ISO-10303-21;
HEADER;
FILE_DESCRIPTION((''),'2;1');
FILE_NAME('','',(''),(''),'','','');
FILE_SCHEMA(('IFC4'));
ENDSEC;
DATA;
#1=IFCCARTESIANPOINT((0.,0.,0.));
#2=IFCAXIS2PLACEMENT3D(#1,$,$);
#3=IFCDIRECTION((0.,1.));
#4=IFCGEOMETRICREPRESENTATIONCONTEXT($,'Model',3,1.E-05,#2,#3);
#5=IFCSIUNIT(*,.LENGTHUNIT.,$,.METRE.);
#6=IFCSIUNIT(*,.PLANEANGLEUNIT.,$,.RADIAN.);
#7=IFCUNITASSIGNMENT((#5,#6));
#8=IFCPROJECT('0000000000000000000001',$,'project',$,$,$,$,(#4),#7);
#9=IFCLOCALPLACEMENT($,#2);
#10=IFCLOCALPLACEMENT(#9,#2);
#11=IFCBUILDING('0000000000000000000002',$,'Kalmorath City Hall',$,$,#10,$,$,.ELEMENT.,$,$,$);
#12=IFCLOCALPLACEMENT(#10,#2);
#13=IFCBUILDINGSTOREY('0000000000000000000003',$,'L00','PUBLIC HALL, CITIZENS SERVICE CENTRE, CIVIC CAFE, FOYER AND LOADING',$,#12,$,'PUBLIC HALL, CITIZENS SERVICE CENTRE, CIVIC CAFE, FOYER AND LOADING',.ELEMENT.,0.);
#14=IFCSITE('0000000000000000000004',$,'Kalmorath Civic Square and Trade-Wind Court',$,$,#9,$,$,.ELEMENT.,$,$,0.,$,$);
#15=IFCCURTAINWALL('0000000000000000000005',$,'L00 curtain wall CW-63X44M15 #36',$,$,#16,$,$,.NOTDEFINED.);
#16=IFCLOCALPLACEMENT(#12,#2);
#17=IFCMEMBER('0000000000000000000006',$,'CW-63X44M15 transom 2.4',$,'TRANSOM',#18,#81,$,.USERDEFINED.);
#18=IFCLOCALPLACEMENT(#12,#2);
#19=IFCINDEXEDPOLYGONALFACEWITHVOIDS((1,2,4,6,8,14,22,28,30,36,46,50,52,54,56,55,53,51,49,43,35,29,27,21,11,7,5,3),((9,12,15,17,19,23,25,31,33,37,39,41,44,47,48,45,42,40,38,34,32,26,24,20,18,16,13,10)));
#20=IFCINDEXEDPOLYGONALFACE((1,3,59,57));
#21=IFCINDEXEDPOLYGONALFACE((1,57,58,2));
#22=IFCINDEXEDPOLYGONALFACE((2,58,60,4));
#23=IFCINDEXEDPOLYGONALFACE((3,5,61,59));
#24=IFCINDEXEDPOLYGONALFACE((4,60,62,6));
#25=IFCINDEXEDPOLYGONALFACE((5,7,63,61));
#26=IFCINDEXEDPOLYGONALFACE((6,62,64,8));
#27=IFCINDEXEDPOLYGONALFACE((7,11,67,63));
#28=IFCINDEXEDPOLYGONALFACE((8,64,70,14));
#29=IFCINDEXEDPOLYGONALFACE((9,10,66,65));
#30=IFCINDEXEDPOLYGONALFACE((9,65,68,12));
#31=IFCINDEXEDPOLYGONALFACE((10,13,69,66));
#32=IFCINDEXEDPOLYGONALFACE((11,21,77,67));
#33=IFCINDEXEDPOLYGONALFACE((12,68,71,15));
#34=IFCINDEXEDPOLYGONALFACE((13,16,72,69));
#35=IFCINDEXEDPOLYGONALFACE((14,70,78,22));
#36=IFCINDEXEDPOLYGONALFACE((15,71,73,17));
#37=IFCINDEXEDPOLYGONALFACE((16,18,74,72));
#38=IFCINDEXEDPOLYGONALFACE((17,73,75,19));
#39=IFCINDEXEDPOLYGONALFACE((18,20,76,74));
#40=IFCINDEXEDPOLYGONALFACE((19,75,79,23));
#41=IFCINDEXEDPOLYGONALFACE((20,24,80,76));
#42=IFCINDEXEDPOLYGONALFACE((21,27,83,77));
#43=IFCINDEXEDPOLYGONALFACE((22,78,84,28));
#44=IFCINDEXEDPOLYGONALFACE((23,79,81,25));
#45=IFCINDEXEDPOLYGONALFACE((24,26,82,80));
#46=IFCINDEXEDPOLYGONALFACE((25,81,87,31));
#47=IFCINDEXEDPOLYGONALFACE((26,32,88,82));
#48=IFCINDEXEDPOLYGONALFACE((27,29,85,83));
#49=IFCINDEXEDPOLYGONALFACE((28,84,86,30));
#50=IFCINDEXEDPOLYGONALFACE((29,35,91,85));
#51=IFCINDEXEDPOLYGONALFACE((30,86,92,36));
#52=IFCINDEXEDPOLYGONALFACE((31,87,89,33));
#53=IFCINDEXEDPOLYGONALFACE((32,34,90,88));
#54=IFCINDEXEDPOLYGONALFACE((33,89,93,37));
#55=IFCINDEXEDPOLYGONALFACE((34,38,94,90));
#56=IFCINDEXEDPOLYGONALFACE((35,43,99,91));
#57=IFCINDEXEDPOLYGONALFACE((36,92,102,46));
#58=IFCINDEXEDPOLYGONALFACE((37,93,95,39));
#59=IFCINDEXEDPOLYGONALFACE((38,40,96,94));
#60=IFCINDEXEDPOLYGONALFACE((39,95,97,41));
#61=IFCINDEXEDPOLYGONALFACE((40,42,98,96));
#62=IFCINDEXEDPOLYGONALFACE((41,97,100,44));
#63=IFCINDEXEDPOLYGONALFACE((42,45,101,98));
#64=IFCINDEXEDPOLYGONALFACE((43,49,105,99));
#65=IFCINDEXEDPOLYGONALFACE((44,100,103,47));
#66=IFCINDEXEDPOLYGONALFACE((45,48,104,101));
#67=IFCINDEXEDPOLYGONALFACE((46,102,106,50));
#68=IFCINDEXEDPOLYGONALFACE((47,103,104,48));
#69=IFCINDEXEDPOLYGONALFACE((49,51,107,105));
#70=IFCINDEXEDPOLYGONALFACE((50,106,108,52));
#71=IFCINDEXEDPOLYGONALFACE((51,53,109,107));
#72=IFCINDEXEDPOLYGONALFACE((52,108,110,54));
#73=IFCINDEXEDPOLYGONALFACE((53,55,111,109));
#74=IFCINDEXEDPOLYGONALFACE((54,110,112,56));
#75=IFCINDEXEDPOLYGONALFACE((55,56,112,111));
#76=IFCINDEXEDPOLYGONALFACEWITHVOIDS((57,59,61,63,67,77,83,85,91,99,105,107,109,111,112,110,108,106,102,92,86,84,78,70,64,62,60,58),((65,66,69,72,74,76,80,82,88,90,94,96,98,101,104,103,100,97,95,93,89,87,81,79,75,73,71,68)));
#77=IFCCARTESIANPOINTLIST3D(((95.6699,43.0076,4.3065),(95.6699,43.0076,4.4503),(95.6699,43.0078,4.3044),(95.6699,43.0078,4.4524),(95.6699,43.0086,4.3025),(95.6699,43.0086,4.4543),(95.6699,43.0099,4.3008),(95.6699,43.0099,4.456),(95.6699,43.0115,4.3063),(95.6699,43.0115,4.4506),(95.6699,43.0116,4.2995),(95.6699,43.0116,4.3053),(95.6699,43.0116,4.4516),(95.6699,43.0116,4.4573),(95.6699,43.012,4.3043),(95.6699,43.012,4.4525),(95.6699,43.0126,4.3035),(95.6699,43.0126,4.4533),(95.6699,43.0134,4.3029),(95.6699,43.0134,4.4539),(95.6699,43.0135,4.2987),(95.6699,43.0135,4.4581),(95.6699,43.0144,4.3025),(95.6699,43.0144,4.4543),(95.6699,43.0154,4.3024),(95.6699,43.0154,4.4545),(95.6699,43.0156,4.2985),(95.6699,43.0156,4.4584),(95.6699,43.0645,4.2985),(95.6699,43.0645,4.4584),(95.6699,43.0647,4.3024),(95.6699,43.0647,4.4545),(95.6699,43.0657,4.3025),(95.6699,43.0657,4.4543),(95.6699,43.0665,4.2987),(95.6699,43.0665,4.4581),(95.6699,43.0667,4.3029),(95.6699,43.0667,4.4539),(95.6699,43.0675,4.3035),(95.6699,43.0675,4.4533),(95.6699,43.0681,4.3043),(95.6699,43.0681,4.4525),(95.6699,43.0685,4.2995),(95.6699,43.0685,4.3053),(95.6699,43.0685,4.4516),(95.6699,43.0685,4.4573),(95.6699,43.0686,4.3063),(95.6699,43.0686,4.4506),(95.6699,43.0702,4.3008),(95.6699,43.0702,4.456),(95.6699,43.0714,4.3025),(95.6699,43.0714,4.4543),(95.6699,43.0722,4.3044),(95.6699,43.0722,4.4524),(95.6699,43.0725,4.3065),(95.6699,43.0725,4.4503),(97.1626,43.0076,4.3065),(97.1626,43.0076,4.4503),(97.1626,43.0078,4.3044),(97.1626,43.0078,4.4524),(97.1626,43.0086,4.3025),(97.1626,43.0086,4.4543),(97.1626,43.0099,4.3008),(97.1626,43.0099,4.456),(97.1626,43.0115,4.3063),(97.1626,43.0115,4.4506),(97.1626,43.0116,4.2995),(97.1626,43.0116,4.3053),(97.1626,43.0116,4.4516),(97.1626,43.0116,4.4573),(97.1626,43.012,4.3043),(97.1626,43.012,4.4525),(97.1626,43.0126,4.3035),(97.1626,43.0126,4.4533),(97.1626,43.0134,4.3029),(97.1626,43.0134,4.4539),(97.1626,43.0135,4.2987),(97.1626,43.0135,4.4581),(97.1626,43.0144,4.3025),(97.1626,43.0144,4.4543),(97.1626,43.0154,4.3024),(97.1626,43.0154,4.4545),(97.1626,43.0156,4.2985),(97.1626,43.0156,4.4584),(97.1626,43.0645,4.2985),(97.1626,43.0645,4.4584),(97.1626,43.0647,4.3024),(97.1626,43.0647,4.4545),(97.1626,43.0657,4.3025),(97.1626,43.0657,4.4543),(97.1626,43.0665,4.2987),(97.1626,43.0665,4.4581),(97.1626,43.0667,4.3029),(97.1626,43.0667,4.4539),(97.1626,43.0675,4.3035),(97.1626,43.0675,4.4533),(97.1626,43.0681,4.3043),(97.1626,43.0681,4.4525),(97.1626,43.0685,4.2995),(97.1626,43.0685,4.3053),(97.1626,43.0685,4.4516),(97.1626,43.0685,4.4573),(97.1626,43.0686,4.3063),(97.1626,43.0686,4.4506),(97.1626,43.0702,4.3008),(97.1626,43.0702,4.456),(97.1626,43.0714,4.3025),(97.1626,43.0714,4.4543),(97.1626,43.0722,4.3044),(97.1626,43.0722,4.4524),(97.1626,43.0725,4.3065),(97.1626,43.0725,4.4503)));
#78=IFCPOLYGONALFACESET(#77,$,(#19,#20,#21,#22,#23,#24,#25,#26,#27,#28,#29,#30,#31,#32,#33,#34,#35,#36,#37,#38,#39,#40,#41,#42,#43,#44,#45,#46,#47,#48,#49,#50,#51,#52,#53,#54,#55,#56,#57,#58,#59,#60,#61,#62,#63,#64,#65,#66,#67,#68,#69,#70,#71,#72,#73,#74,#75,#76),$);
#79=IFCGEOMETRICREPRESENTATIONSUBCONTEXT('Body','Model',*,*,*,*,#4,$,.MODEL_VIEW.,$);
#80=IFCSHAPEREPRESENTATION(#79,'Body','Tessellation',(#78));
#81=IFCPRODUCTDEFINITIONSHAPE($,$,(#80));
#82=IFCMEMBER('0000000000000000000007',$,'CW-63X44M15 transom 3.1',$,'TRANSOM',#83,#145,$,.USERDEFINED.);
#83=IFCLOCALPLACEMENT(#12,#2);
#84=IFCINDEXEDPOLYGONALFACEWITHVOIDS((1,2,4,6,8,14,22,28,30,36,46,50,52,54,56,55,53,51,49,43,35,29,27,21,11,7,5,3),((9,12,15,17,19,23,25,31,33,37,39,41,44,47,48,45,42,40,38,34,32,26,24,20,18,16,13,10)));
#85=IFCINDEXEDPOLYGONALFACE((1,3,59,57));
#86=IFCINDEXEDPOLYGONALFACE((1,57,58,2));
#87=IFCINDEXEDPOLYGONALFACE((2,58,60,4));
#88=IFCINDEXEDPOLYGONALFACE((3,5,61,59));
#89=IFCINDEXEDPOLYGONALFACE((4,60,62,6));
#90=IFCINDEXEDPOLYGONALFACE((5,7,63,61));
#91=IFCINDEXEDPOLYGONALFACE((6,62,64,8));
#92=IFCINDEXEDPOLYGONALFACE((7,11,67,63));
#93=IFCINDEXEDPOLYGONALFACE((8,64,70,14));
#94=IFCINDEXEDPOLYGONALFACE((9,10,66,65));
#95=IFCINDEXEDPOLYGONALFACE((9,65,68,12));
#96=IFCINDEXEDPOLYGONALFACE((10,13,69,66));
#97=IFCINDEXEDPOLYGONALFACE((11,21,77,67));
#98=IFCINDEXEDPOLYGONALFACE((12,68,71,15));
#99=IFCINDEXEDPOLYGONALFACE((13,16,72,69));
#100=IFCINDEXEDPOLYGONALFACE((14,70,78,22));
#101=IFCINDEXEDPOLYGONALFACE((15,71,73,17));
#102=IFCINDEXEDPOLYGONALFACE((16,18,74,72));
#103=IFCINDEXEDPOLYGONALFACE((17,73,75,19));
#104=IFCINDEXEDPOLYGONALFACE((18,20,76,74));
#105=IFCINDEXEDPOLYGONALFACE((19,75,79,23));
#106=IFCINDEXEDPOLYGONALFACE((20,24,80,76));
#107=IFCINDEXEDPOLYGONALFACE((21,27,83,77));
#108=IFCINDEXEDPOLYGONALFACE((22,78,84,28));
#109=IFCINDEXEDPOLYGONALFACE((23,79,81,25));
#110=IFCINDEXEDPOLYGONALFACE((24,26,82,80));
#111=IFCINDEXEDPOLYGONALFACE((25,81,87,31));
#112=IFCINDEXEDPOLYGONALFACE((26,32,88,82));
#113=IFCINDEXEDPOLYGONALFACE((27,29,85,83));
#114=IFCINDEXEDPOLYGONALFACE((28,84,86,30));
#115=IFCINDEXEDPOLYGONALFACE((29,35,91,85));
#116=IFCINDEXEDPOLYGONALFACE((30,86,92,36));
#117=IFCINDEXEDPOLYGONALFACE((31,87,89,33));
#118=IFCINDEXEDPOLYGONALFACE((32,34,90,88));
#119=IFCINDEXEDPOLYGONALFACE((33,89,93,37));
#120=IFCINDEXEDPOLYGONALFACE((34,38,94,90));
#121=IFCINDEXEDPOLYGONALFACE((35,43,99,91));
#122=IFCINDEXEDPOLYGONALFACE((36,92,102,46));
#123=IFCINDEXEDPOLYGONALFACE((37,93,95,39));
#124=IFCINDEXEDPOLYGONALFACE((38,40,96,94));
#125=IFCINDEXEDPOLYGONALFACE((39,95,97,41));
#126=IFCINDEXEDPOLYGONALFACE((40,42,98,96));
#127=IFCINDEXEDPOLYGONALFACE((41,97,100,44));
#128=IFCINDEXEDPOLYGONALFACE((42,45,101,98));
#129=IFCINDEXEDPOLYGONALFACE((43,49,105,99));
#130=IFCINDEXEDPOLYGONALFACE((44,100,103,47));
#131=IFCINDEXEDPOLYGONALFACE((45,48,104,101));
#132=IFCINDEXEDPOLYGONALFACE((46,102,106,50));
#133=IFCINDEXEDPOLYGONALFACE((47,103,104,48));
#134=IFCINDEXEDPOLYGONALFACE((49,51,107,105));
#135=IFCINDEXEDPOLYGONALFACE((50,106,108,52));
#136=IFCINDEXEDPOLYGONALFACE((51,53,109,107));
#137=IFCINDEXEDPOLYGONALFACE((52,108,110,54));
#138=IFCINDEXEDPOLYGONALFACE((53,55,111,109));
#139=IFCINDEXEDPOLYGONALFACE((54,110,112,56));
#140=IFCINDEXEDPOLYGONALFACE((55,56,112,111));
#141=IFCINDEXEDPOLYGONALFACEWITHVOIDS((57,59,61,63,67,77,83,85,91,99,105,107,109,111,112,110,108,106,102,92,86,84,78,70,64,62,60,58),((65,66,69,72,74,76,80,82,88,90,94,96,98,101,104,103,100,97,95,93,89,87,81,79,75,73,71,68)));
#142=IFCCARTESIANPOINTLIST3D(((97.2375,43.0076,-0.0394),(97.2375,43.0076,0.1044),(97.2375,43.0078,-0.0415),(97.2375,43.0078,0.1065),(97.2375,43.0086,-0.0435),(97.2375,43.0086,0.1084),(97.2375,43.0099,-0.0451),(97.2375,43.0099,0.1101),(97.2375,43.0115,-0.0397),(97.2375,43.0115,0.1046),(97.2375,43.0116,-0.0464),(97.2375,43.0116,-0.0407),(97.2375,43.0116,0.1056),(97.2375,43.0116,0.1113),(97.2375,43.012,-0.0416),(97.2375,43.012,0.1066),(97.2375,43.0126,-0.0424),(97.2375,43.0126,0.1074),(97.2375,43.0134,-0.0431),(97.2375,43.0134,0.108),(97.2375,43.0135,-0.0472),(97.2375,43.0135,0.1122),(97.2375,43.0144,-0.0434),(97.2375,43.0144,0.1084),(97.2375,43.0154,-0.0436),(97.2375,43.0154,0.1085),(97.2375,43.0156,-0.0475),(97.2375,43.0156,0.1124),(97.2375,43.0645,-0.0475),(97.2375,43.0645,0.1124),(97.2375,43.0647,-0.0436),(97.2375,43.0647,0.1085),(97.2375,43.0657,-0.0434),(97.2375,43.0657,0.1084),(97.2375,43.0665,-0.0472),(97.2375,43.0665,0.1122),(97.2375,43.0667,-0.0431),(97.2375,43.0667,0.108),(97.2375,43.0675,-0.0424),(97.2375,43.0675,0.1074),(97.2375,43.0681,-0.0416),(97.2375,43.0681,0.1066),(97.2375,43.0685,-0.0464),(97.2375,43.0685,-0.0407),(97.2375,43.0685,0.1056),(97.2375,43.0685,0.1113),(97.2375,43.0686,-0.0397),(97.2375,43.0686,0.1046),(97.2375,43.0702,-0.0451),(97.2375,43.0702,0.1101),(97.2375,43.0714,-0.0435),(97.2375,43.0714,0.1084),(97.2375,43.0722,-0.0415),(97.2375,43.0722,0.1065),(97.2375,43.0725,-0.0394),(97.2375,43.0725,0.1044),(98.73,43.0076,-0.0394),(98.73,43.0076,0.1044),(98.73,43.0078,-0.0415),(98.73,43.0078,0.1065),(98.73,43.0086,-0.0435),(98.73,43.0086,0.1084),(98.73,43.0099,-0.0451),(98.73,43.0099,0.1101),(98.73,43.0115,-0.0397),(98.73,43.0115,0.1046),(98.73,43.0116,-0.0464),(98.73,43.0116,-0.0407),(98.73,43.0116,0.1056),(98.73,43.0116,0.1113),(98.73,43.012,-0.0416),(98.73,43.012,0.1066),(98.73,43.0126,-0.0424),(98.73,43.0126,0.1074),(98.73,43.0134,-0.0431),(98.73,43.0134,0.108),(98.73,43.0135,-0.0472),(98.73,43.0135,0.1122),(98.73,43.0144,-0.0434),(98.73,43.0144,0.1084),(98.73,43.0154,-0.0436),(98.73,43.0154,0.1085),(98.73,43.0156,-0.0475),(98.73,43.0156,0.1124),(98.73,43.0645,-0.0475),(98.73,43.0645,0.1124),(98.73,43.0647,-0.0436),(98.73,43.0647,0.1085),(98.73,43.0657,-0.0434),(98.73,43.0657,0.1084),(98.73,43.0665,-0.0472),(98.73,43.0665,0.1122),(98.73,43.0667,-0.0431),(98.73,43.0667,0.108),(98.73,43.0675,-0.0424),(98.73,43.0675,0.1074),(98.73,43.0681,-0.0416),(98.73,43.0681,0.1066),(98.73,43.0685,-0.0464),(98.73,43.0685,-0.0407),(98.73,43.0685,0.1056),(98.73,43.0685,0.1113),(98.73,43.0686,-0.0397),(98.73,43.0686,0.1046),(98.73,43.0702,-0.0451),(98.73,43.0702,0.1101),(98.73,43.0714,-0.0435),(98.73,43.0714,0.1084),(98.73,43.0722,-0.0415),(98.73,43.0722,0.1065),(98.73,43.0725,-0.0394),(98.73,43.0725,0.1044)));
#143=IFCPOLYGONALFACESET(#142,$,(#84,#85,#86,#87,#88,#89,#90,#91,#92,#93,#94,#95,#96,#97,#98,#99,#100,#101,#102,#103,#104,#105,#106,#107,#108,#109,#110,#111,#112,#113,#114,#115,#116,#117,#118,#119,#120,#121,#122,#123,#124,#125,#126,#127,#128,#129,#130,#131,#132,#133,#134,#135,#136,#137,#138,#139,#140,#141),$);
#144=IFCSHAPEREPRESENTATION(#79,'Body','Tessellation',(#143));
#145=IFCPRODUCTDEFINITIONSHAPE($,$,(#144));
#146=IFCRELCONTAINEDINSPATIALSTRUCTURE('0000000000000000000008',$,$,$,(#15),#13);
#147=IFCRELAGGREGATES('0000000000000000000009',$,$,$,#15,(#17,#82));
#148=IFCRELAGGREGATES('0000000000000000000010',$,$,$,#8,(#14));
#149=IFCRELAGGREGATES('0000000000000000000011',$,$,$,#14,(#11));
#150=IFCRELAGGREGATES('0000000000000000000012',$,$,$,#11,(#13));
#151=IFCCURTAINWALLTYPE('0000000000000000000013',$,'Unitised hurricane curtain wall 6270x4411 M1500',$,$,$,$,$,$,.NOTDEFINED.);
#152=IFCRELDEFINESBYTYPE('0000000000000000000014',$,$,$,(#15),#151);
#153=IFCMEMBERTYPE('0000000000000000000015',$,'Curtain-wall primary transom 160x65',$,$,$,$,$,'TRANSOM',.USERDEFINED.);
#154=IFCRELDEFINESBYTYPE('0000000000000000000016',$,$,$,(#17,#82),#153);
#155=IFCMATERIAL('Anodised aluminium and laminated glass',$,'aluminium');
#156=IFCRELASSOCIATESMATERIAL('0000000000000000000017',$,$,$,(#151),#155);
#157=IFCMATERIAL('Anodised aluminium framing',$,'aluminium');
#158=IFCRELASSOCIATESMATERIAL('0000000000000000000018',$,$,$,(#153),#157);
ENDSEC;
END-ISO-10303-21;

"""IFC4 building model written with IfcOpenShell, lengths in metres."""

from ifc_helpers import new_model, si_unit, direction, frame, origin, origin_2d, place, context, subcontext, project, spatial, hollow_rectangle, extrude, material, material_profile, profile_set, type_object, element, aggregate, save


model = new_model("IFC4")

# Units and contexts
model_context = context("Model", 3, precision=1e-05, world=origin(), true_north=direction((0.0, 1.0)))
body_context = subcontext(model_context, "Body", "Model", "MODEL_VIEW")
ifc_project = project(units=[si_unit("LENGTHUNIT", "METRE"), si_unit("PLANEANGLEUNIT", "RADIAN")], contexts=[model_context])

# Site, building, storey
site_placement = place(None, origin())
site = spatial("IfcSite", under=ifc_project, at=site_placement, Name="Kalmorath Civic Square and Trade-Wind Court", CompositionType="ELEMENT", RefElevation=0.0)
building_placement = place(site_placement, origin())
building = spatial("IfcBuilding", under=site, at=building_placement, Name="Kalmorath City Hall", CompositionType="ELEMENT")
storey_placement = place(building_placement, origin())
storey = spatial("IfcBuildingStorey", under=building, at=storey_placement, Name="L00", Description="PUBLIC HALL, CITIZENS SERVICE CENTRE, CIVIC CAFE, FOYER AND LOADING", LongName="PUBLIC HALL, CITIZENS SERVICE CENTRE, CIVIC CAFE, FOYER AND LOADING", CompositionType="ELEMENT", Elevation=0.0)

# Curtain wall, members
ifc_material_1 = material(Name="Anodised aluminium and laminated glass", Category="aluminium")
curtain_wall_type = type_object("IfcCurtainWallType", Name="Unitised hurricane curtain wall 6270x4411 M1500", PredefinedType="NOTDEFINED", material=ifc_material_1)
curtain_wall_placement = place(storey_placement, origin())
curtain_wall = element("IfcCurtainWall", 1, at=curtain_wall_placement, inside=storey, type_object=curtain_wall_type, Name="L00 curtain wall CW-63X44M15 #36", PredefinedType="NOTDEFINED")
ifc_material_2 = material(Name="Anodised aluminium framing", Category="aluminium")
ifc_material_profile_1 = material_profile(ifc_material_2, hollow_rectangle(XDim=0.0649, YDim=0.1599, WallThickness=0.0039, InnerFilletRadius=0.0039, OuterFilletRadius=0.0081, at=origin_2d()), Name="ALU-TRN-160X65X4")
ifc_profile_set_1 = profile_set([ifc_material_profile_1], Name="Anodised aluminium framing")
member_type_1 = type_object("IfcMemberType", Name="Curtain-wall primary transom 160x65", ElementType="TRANSOM", PredefinedType="USERDEFINED", material=ifc_profile_set_1)
member_1_placement = place(storey_placement, frame((95.6699, 43.04, 4.3784), z_axis=(1.0, 0.0, 0.0), x_axis=(0.0, 1.0, 0.0)))
member_1 = element("IfcMember", 2, at=member_1_placement, type_object=member_type_1, Name="CW-63X44M15 transom 2.4", ObjectType="TRANSOM", PredefinedType="USERDEFINED", context=body_context, shape_type="SweptSolid", body=[
    extrude(hollow_rectangle(XDim=0.0649, YDim=0.1599, WallThickness=0.0039, InnerFilletRadius=0.0039, OuterFilletRadius=0.0081, at=origin_2d()), origin(), (0.0, 0.0, 1.0), 1.4927),
])
member_2_placement = place(storey_placement, frame((97.2375, 43.04, 0.0325), z_axis=(1.0, 0.0, 0.0), x_axis=(0.0, 1.0, 0.0)))
member_2 = element("IfcMember", 3, at=member_2_placement, type_object=member_type_1, Name="CW-63X44M15 transom 3.1", ObjectType="TRANSOM", PredefinedType="USERDEFINED", context=body_context, shape_type="SweptSolid", body=[
    extrude(hollow_rectangle(XDim=0.0649, YDim=0.1599, WallThickness=0.0039, InnerFilletRadius=0.0039, OuterFilletRadius=0.0081, at=origin_2d()), origin(), (0.0, 0.0, 1.0), 1.4924),
])
aggregate(curtain_wall, [member_1, member_2])

save(model, "model.ifc")
